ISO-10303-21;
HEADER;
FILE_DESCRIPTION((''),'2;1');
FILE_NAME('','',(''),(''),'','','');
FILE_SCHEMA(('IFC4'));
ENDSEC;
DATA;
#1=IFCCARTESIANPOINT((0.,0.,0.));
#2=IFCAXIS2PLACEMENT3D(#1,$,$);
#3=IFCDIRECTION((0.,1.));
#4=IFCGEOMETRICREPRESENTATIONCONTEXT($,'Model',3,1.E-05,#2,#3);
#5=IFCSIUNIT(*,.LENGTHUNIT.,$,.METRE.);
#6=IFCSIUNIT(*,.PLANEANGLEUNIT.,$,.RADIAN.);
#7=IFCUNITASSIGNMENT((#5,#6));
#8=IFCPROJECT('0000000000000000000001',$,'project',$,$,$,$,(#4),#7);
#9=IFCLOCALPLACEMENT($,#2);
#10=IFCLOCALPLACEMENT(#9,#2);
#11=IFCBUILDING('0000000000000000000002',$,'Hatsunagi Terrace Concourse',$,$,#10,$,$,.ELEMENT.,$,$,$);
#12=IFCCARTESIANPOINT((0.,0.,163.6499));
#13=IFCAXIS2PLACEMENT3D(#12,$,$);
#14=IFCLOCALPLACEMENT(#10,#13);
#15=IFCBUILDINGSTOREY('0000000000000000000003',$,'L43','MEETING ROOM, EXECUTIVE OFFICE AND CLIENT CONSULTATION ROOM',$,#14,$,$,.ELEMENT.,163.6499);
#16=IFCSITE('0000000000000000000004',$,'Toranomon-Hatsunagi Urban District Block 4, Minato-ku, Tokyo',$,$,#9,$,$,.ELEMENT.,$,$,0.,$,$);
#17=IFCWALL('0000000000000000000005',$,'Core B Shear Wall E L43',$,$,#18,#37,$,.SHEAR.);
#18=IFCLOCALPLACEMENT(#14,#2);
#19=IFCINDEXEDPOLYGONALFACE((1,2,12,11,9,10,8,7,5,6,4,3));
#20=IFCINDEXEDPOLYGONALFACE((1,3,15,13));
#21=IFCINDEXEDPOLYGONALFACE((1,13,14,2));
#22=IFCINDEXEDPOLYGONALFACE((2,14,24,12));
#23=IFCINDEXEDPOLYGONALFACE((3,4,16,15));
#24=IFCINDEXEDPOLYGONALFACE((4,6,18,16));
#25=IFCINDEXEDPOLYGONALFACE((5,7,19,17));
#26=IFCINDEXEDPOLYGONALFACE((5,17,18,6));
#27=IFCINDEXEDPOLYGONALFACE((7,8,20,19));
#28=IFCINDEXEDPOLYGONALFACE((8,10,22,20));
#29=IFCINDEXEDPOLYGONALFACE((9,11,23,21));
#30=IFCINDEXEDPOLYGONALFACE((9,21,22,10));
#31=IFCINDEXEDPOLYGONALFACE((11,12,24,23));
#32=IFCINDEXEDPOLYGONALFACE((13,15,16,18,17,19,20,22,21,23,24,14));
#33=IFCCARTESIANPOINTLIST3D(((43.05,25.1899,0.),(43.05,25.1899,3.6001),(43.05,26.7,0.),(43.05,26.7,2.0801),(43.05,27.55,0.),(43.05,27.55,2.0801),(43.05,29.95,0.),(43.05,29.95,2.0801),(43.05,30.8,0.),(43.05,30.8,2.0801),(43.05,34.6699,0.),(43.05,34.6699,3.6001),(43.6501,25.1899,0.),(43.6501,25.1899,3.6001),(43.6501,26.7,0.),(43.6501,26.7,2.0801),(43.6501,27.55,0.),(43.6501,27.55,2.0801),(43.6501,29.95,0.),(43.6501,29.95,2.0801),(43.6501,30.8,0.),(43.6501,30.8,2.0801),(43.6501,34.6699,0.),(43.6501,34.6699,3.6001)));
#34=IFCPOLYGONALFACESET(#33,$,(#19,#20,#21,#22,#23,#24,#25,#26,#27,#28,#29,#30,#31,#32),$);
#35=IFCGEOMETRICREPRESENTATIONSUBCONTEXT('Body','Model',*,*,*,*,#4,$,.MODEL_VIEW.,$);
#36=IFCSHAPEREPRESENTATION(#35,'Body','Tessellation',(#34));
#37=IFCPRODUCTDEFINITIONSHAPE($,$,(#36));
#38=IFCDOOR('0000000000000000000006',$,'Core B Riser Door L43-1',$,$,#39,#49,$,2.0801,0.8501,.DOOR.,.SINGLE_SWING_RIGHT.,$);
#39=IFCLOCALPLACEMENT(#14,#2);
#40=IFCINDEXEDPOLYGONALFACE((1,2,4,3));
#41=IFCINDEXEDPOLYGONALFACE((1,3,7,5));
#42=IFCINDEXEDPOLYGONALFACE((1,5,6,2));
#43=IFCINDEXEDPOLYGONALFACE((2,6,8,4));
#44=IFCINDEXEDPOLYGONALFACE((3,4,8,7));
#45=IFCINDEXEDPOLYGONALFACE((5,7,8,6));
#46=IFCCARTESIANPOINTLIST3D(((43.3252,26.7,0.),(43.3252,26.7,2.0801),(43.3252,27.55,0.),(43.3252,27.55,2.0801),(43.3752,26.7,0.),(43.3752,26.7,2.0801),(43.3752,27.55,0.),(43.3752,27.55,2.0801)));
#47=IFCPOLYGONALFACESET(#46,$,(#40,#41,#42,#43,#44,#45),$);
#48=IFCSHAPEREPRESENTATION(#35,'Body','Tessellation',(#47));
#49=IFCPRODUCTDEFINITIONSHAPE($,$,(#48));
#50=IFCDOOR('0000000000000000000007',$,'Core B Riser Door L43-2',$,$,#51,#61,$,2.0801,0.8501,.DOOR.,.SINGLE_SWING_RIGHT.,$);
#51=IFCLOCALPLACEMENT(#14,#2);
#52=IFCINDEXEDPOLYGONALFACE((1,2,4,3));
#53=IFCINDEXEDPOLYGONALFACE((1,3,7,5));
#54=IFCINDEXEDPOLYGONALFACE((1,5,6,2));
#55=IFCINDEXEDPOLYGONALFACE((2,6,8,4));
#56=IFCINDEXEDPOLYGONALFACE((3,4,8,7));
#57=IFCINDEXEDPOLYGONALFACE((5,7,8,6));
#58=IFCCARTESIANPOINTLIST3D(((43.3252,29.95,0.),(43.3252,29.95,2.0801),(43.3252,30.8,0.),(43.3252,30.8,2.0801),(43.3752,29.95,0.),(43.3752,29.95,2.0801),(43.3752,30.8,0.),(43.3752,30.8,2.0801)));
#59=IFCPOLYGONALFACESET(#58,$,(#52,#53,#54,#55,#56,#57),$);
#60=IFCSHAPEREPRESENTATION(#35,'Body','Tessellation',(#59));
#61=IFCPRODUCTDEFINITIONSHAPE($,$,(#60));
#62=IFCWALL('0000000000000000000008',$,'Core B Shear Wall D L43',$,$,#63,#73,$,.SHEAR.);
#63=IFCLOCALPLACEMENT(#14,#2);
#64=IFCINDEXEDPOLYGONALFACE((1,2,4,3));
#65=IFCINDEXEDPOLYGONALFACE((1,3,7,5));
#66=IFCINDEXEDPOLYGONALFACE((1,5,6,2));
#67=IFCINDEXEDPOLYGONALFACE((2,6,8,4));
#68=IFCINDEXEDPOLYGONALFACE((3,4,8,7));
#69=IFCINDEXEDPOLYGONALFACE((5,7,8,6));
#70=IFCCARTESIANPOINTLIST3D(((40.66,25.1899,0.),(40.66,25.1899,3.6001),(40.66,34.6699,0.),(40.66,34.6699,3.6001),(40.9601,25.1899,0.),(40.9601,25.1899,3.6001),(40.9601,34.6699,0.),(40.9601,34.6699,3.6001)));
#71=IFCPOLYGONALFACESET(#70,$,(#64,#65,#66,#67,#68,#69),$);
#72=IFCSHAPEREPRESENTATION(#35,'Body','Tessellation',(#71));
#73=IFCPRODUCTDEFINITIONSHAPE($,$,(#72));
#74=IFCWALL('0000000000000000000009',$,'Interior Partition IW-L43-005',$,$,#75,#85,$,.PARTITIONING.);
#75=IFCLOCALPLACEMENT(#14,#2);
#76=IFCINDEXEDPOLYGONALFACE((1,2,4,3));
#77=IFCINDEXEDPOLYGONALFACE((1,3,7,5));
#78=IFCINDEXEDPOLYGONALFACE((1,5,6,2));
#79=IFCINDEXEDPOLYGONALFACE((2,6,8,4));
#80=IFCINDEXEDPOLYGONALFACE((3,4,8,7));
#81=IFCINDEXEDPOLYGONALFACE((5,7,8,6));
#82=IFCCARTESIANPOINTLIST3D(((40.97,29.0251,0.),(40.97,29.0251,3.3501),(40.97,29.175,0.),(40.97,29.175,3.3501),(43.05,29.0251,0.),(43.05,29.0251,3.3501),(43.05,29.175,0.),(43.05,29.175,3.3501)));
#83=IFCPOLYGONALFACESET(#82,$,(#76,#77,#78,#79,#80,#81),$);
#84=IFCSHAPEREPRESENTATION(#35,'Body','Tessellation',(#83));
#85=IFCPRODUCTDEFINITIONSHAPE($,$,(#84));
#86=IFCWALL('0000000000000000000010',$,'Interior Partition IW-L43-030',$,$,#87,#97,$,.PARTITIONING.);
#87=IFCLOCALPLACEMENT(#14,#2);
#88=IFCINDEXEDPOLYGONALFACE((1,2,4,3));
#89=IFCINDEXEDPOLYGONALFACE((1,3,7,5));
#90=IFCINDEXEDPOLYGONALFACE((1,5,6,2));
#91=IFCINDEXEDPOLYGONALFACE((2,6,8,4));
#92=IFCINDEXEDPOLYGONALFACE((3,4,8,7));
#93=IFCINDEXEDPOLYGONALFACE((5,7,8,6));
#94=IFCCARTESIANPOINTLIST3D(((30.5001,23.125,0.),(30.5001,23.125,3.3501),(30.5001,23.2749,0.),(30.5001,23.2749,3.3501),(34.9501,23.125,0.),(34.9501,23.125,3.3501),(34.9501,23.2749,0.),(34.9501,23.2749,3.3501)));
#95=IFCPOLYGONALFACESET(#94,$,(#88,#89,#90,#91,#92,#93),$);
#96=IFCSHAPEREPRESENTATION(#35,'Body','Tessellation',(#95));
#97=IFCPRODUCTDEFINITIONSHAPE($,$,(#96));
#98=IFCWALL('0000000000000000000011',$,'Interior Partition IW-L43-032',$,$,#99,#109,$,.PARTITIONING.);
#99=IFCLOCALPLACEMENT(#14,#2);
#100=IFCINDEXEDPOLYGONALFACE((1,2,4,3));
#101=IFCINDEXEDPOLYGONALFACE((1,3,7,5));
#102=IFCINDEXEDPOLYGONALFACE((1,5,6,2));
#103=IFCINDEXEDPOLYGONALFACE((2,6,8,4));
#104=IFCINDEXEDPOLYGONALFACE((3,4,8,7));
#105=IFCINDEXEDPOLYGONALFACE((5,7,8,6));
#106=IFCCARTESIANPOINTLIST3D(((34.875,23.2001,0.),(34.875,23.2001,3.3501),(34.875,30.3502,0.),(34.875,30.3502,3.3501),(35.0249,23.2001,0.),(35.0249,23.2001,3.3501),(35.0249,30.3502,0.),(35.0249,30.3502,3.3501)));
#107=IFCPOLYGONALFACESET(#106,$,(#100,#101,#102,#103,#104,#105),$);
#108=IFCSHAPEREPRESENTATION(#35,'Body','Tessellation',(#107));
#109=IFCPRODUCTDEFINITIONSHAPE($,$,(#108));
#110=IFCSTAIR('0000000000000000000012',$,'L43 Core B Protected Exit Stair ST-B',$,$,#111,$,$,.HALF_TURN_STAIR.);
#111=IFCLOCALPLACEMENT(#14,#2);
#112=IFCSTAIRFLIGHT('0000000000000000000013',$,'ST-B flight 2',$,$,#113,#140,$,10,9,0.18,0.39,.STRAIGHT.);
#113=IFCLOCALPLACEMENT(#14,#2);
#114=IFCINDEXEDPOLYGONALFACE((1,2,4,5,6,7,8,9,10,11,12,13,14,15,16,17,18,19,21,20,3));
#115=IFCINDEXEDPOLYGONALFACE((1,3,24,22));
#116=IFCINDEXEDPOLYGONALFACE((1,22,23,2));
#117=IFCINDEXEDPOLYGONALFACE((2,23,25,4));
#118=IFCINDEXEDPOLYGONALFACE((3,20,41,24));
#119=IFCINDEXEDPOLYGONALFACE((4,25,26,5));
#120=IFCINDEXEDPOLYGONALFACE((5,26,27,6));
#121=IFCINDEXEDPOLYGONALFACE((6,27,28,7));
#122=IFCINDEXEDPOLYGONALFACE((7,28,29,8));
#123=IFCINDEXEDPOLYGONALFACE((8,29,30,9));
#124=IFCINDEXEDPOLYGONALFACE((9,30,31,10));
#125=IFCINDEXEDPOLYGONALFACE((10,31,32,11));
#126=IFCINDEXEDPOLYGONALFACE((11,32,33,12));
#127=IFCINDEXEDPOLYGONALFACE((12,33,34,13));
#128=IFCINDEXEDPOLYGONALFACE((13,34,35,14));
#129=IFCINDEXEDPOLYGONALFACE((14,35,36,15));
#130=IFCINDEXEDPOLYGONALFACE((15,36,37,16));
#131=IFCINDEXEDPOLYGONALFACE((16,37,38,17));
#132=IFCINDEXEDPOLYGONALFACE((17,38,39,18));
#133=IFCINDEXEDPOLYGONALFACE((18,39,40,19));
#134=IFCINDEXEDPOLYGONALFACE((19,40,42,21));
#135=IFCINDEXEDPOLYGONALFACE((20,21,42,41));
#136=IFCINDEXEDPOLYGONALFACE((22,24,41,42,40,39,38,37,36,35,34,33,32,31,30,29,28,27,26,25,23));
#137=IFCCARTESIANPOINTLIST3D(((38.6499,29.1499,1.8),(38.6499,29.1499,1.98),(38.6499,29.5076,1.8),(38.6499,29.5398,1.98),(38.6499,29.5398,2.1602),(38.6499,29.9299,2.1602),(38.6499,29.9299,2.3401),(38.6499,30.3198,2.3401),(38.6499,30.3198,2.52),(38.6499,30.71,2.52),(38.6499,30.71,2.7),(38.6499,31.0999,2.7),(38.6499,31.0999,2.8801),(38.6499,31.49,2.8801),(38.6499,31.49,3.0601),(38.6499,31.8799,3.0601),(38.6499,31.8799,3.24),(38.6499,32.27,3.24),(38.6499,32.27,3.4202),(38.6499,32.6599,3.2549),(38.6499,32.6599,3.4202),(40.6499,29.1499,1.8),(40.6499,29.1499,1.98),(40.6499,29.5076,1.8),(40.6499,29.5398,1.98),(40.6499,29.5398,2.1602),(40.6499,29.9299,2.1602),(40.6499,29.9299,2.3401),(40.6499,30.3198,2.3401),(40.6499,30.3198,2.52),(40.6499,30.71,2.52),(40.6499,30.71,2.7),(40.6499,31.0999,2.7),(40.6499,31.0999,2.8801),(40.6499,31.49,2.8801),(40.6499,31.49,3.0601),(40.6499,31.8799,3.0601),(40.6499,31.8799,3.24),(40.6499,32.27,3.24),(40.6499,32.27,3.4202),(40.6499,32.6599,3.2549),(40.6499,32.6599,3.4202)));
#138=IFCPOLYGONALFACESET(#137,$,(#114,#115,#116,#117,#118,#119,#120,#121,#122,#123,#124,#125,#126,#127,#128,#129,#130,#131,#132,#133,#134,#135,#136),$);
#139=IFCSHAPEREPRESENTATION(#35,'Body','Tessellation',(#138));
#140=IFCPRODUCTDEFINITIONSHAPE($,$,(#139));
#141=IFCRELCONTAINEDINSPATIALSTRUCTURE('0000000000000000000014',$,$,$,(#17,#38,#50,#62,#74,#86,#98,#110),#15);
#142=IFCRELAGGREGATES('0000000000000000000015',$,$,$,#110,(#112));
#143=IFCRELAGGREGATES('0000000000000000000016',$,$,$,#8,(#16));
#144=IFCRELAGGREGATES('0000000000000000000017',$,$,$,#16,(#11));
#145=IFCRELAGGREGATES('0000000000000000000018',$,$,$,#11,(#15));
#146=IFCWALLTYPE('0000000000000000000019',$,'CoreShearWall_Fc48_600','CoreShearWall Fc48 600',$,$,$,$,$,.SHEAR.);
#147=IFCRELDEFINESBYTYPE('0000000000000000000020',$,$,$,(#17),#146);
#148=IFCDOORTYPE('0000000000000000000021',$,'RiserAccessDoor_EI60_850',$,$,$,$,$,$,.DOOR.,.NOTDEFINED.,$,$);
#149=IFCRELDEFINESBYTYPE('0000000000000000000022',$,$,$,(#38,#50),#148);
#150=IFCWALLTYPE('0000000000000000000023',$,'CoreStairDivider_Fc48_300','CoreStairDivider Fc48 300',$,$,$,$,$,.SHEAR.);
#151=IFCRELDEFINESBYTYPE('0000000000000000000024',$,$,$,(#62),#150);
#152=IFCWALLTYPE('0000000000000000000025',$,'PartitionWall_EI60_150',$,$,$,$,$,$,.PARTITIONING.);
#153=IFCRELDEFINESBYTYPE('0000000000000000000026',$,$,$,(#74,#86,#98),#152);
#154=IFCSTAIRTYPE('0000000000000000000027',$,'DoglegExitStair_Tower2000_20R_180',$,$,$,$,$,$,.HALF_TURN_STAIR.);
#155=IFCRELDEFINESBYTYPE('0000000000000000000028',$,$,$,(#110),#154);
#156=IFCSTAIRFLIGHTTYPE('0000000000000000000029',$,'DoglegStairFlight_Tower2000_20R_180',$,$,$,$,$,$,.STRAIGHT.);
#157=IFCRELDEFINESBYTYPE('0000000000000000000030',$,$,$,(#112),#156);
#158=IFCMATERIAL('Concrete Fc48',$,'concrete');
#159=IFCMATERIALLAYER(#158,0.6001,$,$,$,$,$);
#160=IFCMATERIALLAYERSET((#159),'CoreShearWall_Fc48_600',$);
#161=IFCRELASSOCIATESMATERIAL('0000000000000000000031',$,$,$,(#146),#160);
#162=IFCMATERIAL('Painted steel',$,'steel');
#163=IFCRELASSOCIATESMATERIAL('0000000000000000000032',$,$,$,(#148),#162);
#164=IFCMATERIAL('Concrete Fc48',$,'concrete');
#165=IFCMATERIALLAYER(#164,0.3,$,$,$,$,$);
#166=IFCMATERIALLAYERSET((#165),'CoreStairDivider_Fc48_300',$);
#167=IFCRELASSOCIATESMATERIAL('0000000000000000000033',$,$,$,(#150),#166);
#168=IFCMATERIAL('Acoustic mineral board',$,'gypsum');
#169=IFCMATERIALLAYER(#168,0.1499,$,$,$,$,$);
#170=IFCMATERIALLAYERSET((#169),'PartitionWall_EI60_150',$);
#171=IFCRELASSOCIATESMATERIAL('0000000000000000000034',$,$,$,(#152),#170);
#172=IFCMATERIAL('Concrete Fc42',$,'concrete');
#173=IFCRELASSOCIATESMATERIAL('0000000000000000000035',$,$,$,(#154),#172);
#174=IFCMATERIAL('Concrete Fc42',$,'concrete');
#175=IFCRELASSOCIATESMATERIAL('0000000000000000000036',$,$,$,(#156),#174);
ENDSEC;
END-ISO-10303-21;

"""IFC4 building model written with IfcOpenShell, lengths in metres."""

from ifc_helpers import new_model, si_unit, direction, frame, frame_2d, origin, place, context, subcontext, project, spatial, polyline, rectangle, outline, extrude, material, layer, layer_set, type_object, element, fill, aggregate, save


model = new_model("IFC4")

# Units and contexts
model_context = context("Model", 3, precision=1e-05, world=origin(), true_north=direction((0.0, 1.0)))
body_context = subcontext(model_context, "Body", "Model", "MODEL_VIEW")
ifc_project = project(units=[si_unit("LENGTHUNIT", "METRE"), si_unit("PLANEANGLEUNIT", "RADIAN")], contexts=[model_context])

# Site, building, storey
site_placement = place(None, origin())
site = spatial("IfcSite", under=ifc_project, at=site_placement, Name="Toranomon-Hatsunagi Urban District Block 4, Minato-ku, Tokyo", CompositionType="ELEMENT", RefElevation=0.0)
building_placement = place(site_placement, origin())
building = spatial("IfcBuilding", under=site, at=building_placement, Name="Hatsunagi Terrace Concourse", CompositionType="ELEMENT")
storey_placement = place(building_placement, frame((0.0, 0.0, 163.6499)))
storey = spatial("IfcBuildingStorey", under=building, at=storey_placement, Name="L43", Description="MEETING ROOM, EXECUTIVE OFFICE AND CLIENT CONSULTATION ROOM", CompositionType="ELEMENT", Elevation=163.6499)

# Shared definitions
ifc_material_1 = material(Name="Concrete Fc48", Category="concrete")
ifc_layer_1 = layer(ifc_material_1, 0.6001)
ifc_layer_set_1 = layer_set([ifc_layer_1], Name="CoreShearWall_Fc48_600")
wall_type_1 = type_object("IfcWallType", Name="CoreShearWall_Fc48_600", Description="CoreShearWall Fc48 600", PredefinedType="SHEAR", material=ifc_layer_set_1)

# Wall, openings, doors
wall_1_placement = place(storey_placement, frame((43.3501, 25.1899, 0.0), z_axis=(0.0, 0.0, 1.0), x_axis=(0.0, 1.0, 0.0)))
wall_1 = element("IfcWall", 1, at=wall_1_placement, inside=storey, type_object=wall_type_1, Name="Core B Shear Wall E L43", PredefinedType="SHEAR", context=body_context, shape_type="SweptSolid", body=[
    extrude(rectangle(XDim=9.48, YDim=0.6001, at=frame_2d((4.74, 0.0))), origin(), (0.0, 0.0, 1.0), 3.6001),
])
opening_1_placement = place(wall_1_placement, frame((1.51, 0.0, 0.0)))
opening_1 = element("IfcOpeningElement", 2, at=opening_1_placement, cuts=wall_1, PredefinedType="OPENING", context=body_context, shape_type="SweptSolid", body=[
    extrude(rectangle(XDim=0.8501, YDim=2.0801, at=frame_2d((0.425, 1.04))), frame((0.0, 0.3101, 0.0), z_axis=(0.0, -1.0, 0.0), x_axis=(1.0, 0.0, 0.0)), (0.0, 0.0, 1.0), 0.6201),
])
opening_2_placement = place(wall_1_placement, frame((4.76, 0.0, 0.0)))
opening_2 = element("IfcOpeningElement", 3, at=opening_2_placement, cuts=wall_1, PredefinedType="OPENING", context=body_context, shape_type="SweptSolid", body=[
    extrude(rectangle(XDim=0.8501, YDim=2.0801, at=frame_2d((0.425, 1.04))), frame((0.0, 0.3101, 0.0), z_axis=(0.0, -1.0, 0.0), x_axis=(1.0, 0.0, 0.0)), (0.0, 0.0, 1.0), 0.6201),
])
ifc_material_2 = material(Name="Painted steel", Category="steel")
door_type_1 = type_object("IfcDoorType", Name="RiserAccessDoor_EI60_850", OperationType="NOTDEFINED", PredefinedType="DOOR", material=ifc_material_2)
door_1_placement = place(opening_1_placement, origin())
door_1 = element("IfcDoor", 4, at=door_1_placement, inside=storey, type_object=door_type_1, Name="Core B Riser Door L43-1", OperationType="SINGLE_SWING_RIGHT", OverallHeight=2.0801, OverallWidth=0.8501, PredefinedType="DOOR", context=body_context, shape_type="SweptSolid", body=[
    extrude(rectangle(XDim=0.8501, YDim=2.0801, at=frame_2d((0.425, 1.04))), frame((0.0, 0.0249, 0.0), z_axis=(0.0, -1.0, 0.0), x_axis=(1.0, 0.0, 0.0)), (0.0, 0.0, 1.0), 0.05),
])
fill(opening_1, door_1)
door_2_placement = place(opening_2_placement, origin())
door_2 = element("IfcDoor", 5, at=door_2_placement, inside=storey, type_object=door_type_1, Name="Core B Riser Door L43-2", OperationType="SINGLE_SWING_RIGHT", OverallHeight=2.0801, OverallWidth=0.8501, PredefinedType="DOOR", context=body_context, shape_type="SweptSolid", body=[
    extrude(rectangle(XDim=0.8501, YDim=2.0801, at=frame_2d((0.425, 1.04))), frame((0.0, 0.0249, 0.0), z_axis=(0.0, -1.0, 0.0), x_axis=(1.0, 0.0, 0.0)), (0.0, 0.0, 1.0), 0.05),
])
fill(opening_2, door_2)

# Walls
ifc_material_3 = material(Name="Concrete Fc48", Category="concrete")
ifc_layer_2 = layer(ifc_material_3, 0.3)
ifc_layer_set_2 = layer_set([ifc_layer_2], Name="CoreStairDivider_Fc48_300")
wall_type_2 = type_object("IfcWallType", Name="CoreStairDivider_Fc48_300", Description="CoreStairDivider Fc48 300", PredefinedType="SHEAR", material=ifc_layer_set_2)
wall_2_placement = place(storey_placement, frame((40.8101, 25.1899, 0.0), z_axis=(0.0, 0.0, 1.0), x_axis=(0.0, 1.0, 0.0)))
element("IfcWall", 6, at=wall_2_placement, inside=storey, type_object=wall_type_2, Name="Core B Shear Wall D L43", PredefinedType="SHEAR", context=body_context, shape_type="SweptSolid", body=[
    extrude(rectangle(XDim=9.48, YDim=0.3, at=frame_2d((4.74, 0.0))), origin(), (0.0, 0.0, 1.0), 3.6001),
])
ifc_material_4 = material(Name="Acoustic mineral board", Category="gypsum")
ifc_layer_3 = layer(ifc_material_4, 0.1499)
ifc_layer_set_3 = layer_set([ifc_layer_3], Name="PartitionWall_EI60_150")
wall_type_3 = type_object("IfcWallType", Name="PartitionWall_EI60_150", PredefinedType="PARTITIONING", material=ifc_layer_set_3)
wall_3_placement = place(storey_placement, frame((40.97, 29.1001, 0.0), z_axis=(0.0, 0.0, 1.0), x_axis=(1.0, 0.0, 0.0)))
element("IfcWall", 7, at=wall_3_placement, inside=storey, type_object=wall_type_3, Name="Interior Partition IW-L43-005", PredefinedType="PARTITIONING", context=body_context, shape_type="SweptSolid", body=[
    extrude(rectangle(XDim=2.0801, YDim=0.1499, at=frame_2d((1.04, 0.0))), origin(), (0.0, 0.0, 1.0), 3.3501),
])
wall_4_placement = place(storey_placement, frame((30.5, 23.2, 0.0), z_axis=(0.0, 0.0, 1.0), x_axis=(1.0, 0.0, 0.0)))
element("IfcWall", 8, at=wall_4_placement, inside=storey, type_object=wall_type_3, Name="Interior Partition IW-L43-030", PredefinedType="PARTITIONING", context=body_context, shape_type="SweptSolid", body=[
    extrude(rectangle(XDim=4.45, YDim=0.1499, at=frame_2d((2.2251, 0.0))), origin(), (0.0, 0.0, 1.0), 3.3501),
])
wall_5_placement = place(storey_placement, frame((34.95, 23.2, 0.0), z_axis=(0.0, 0.0, 1.0), x_axis=(0.0, 1.0, 0.0)))
element("IfcWall", 9, at=wall_5_placement, inside=storey, type_object=wall_type_3, Name="Interior Partition IW-L43-032", PredefinedType="PARTITIONING", context=body_context, shape_type="SweptSolid", body=[
    extrude(rectangle(XDim=7.1501, YDim=0.1499, at=frame_2d((3.5752, 0.0))), origin(), (0.0, 0.0, 1.0), 3.3501),
])

# Stair, stair flight
ifc_material_5 = material(Name="Concrete Fc42", Category="concrete")
stair_type = type_object("IfcStairType", Name="DoglegExitStair_Tower2000_20R_180", PredefinedType="HALF_TURN_STAIR", material=ifc_material_5)
stair_placement = place(storey_placement, origin())
stair = element("IfcStair", 10, at=stair_placement, inside=storey, type_object=stair_type, Name="L43 Core B Protected Exit Stair ST-B", PredefinedType="HALF_TURN_STAIR")
ifc_material_6 = material(Name="Concrete Fc42", Category="concrete")
stair_flight_type = type_object("IfcStairFlightType", Name="DoglegStairFlight_Tower2000_20R_180", PredefinedType="STRAIGHT", material=ifc_material_6)
stair_flight_placement = place(storey_placement, frame((39.6499, 29.1499, 1.8), z_axis=(0.0, 0.0, 1.0), x_axis=(0.0, 1.0, 0.0)))
stair_flight = element("IfcStairFlight", 11, at=stair_flight_placement, type_object=stair_flight_type, Name="ST-B flight 2", NumberOfRisers=10, NumberOfTreads=9, PredefinedType="STRAIGHT", RiserHeight=0.18, TreadLength=0.39, context=body_context, shape_type="SweptSolid", body=[
    extrude(outline(polyline([(0.0, 0.0), (0.0, 0.1799), (0.3899, 0.1799), (0.3899, 0.3601), (0.78, 0.3601), (0.78, 0.54), (1.1699, 0.54), (1.1699, 0.72), (1.5601, 0.72), (1.5601, 0.8999), (1.95, 0.8999), (1.95, 1.0801), (2.3401, 1.0801), (2.3401, 1.26), (2.73, 1.26), (2.73, 1.4399), (3.1201, 1.4399), (3.1201, 1.6201), (3.51, 1.6201), (3.51, 1.8), (3.51, 1.4548), (0.3577, 0.0), (0.0, 0.0)])), frame((0.0, 1.0, 0.0), z_axis=(0.0, -1.0, 0.0), x_axis=(1.0, 0.0, 0.0)), (0.0, 0.0, 1.0), 2.0),
])
aggregate(stair, [stair_flight])

save(model, "model.ifc")
